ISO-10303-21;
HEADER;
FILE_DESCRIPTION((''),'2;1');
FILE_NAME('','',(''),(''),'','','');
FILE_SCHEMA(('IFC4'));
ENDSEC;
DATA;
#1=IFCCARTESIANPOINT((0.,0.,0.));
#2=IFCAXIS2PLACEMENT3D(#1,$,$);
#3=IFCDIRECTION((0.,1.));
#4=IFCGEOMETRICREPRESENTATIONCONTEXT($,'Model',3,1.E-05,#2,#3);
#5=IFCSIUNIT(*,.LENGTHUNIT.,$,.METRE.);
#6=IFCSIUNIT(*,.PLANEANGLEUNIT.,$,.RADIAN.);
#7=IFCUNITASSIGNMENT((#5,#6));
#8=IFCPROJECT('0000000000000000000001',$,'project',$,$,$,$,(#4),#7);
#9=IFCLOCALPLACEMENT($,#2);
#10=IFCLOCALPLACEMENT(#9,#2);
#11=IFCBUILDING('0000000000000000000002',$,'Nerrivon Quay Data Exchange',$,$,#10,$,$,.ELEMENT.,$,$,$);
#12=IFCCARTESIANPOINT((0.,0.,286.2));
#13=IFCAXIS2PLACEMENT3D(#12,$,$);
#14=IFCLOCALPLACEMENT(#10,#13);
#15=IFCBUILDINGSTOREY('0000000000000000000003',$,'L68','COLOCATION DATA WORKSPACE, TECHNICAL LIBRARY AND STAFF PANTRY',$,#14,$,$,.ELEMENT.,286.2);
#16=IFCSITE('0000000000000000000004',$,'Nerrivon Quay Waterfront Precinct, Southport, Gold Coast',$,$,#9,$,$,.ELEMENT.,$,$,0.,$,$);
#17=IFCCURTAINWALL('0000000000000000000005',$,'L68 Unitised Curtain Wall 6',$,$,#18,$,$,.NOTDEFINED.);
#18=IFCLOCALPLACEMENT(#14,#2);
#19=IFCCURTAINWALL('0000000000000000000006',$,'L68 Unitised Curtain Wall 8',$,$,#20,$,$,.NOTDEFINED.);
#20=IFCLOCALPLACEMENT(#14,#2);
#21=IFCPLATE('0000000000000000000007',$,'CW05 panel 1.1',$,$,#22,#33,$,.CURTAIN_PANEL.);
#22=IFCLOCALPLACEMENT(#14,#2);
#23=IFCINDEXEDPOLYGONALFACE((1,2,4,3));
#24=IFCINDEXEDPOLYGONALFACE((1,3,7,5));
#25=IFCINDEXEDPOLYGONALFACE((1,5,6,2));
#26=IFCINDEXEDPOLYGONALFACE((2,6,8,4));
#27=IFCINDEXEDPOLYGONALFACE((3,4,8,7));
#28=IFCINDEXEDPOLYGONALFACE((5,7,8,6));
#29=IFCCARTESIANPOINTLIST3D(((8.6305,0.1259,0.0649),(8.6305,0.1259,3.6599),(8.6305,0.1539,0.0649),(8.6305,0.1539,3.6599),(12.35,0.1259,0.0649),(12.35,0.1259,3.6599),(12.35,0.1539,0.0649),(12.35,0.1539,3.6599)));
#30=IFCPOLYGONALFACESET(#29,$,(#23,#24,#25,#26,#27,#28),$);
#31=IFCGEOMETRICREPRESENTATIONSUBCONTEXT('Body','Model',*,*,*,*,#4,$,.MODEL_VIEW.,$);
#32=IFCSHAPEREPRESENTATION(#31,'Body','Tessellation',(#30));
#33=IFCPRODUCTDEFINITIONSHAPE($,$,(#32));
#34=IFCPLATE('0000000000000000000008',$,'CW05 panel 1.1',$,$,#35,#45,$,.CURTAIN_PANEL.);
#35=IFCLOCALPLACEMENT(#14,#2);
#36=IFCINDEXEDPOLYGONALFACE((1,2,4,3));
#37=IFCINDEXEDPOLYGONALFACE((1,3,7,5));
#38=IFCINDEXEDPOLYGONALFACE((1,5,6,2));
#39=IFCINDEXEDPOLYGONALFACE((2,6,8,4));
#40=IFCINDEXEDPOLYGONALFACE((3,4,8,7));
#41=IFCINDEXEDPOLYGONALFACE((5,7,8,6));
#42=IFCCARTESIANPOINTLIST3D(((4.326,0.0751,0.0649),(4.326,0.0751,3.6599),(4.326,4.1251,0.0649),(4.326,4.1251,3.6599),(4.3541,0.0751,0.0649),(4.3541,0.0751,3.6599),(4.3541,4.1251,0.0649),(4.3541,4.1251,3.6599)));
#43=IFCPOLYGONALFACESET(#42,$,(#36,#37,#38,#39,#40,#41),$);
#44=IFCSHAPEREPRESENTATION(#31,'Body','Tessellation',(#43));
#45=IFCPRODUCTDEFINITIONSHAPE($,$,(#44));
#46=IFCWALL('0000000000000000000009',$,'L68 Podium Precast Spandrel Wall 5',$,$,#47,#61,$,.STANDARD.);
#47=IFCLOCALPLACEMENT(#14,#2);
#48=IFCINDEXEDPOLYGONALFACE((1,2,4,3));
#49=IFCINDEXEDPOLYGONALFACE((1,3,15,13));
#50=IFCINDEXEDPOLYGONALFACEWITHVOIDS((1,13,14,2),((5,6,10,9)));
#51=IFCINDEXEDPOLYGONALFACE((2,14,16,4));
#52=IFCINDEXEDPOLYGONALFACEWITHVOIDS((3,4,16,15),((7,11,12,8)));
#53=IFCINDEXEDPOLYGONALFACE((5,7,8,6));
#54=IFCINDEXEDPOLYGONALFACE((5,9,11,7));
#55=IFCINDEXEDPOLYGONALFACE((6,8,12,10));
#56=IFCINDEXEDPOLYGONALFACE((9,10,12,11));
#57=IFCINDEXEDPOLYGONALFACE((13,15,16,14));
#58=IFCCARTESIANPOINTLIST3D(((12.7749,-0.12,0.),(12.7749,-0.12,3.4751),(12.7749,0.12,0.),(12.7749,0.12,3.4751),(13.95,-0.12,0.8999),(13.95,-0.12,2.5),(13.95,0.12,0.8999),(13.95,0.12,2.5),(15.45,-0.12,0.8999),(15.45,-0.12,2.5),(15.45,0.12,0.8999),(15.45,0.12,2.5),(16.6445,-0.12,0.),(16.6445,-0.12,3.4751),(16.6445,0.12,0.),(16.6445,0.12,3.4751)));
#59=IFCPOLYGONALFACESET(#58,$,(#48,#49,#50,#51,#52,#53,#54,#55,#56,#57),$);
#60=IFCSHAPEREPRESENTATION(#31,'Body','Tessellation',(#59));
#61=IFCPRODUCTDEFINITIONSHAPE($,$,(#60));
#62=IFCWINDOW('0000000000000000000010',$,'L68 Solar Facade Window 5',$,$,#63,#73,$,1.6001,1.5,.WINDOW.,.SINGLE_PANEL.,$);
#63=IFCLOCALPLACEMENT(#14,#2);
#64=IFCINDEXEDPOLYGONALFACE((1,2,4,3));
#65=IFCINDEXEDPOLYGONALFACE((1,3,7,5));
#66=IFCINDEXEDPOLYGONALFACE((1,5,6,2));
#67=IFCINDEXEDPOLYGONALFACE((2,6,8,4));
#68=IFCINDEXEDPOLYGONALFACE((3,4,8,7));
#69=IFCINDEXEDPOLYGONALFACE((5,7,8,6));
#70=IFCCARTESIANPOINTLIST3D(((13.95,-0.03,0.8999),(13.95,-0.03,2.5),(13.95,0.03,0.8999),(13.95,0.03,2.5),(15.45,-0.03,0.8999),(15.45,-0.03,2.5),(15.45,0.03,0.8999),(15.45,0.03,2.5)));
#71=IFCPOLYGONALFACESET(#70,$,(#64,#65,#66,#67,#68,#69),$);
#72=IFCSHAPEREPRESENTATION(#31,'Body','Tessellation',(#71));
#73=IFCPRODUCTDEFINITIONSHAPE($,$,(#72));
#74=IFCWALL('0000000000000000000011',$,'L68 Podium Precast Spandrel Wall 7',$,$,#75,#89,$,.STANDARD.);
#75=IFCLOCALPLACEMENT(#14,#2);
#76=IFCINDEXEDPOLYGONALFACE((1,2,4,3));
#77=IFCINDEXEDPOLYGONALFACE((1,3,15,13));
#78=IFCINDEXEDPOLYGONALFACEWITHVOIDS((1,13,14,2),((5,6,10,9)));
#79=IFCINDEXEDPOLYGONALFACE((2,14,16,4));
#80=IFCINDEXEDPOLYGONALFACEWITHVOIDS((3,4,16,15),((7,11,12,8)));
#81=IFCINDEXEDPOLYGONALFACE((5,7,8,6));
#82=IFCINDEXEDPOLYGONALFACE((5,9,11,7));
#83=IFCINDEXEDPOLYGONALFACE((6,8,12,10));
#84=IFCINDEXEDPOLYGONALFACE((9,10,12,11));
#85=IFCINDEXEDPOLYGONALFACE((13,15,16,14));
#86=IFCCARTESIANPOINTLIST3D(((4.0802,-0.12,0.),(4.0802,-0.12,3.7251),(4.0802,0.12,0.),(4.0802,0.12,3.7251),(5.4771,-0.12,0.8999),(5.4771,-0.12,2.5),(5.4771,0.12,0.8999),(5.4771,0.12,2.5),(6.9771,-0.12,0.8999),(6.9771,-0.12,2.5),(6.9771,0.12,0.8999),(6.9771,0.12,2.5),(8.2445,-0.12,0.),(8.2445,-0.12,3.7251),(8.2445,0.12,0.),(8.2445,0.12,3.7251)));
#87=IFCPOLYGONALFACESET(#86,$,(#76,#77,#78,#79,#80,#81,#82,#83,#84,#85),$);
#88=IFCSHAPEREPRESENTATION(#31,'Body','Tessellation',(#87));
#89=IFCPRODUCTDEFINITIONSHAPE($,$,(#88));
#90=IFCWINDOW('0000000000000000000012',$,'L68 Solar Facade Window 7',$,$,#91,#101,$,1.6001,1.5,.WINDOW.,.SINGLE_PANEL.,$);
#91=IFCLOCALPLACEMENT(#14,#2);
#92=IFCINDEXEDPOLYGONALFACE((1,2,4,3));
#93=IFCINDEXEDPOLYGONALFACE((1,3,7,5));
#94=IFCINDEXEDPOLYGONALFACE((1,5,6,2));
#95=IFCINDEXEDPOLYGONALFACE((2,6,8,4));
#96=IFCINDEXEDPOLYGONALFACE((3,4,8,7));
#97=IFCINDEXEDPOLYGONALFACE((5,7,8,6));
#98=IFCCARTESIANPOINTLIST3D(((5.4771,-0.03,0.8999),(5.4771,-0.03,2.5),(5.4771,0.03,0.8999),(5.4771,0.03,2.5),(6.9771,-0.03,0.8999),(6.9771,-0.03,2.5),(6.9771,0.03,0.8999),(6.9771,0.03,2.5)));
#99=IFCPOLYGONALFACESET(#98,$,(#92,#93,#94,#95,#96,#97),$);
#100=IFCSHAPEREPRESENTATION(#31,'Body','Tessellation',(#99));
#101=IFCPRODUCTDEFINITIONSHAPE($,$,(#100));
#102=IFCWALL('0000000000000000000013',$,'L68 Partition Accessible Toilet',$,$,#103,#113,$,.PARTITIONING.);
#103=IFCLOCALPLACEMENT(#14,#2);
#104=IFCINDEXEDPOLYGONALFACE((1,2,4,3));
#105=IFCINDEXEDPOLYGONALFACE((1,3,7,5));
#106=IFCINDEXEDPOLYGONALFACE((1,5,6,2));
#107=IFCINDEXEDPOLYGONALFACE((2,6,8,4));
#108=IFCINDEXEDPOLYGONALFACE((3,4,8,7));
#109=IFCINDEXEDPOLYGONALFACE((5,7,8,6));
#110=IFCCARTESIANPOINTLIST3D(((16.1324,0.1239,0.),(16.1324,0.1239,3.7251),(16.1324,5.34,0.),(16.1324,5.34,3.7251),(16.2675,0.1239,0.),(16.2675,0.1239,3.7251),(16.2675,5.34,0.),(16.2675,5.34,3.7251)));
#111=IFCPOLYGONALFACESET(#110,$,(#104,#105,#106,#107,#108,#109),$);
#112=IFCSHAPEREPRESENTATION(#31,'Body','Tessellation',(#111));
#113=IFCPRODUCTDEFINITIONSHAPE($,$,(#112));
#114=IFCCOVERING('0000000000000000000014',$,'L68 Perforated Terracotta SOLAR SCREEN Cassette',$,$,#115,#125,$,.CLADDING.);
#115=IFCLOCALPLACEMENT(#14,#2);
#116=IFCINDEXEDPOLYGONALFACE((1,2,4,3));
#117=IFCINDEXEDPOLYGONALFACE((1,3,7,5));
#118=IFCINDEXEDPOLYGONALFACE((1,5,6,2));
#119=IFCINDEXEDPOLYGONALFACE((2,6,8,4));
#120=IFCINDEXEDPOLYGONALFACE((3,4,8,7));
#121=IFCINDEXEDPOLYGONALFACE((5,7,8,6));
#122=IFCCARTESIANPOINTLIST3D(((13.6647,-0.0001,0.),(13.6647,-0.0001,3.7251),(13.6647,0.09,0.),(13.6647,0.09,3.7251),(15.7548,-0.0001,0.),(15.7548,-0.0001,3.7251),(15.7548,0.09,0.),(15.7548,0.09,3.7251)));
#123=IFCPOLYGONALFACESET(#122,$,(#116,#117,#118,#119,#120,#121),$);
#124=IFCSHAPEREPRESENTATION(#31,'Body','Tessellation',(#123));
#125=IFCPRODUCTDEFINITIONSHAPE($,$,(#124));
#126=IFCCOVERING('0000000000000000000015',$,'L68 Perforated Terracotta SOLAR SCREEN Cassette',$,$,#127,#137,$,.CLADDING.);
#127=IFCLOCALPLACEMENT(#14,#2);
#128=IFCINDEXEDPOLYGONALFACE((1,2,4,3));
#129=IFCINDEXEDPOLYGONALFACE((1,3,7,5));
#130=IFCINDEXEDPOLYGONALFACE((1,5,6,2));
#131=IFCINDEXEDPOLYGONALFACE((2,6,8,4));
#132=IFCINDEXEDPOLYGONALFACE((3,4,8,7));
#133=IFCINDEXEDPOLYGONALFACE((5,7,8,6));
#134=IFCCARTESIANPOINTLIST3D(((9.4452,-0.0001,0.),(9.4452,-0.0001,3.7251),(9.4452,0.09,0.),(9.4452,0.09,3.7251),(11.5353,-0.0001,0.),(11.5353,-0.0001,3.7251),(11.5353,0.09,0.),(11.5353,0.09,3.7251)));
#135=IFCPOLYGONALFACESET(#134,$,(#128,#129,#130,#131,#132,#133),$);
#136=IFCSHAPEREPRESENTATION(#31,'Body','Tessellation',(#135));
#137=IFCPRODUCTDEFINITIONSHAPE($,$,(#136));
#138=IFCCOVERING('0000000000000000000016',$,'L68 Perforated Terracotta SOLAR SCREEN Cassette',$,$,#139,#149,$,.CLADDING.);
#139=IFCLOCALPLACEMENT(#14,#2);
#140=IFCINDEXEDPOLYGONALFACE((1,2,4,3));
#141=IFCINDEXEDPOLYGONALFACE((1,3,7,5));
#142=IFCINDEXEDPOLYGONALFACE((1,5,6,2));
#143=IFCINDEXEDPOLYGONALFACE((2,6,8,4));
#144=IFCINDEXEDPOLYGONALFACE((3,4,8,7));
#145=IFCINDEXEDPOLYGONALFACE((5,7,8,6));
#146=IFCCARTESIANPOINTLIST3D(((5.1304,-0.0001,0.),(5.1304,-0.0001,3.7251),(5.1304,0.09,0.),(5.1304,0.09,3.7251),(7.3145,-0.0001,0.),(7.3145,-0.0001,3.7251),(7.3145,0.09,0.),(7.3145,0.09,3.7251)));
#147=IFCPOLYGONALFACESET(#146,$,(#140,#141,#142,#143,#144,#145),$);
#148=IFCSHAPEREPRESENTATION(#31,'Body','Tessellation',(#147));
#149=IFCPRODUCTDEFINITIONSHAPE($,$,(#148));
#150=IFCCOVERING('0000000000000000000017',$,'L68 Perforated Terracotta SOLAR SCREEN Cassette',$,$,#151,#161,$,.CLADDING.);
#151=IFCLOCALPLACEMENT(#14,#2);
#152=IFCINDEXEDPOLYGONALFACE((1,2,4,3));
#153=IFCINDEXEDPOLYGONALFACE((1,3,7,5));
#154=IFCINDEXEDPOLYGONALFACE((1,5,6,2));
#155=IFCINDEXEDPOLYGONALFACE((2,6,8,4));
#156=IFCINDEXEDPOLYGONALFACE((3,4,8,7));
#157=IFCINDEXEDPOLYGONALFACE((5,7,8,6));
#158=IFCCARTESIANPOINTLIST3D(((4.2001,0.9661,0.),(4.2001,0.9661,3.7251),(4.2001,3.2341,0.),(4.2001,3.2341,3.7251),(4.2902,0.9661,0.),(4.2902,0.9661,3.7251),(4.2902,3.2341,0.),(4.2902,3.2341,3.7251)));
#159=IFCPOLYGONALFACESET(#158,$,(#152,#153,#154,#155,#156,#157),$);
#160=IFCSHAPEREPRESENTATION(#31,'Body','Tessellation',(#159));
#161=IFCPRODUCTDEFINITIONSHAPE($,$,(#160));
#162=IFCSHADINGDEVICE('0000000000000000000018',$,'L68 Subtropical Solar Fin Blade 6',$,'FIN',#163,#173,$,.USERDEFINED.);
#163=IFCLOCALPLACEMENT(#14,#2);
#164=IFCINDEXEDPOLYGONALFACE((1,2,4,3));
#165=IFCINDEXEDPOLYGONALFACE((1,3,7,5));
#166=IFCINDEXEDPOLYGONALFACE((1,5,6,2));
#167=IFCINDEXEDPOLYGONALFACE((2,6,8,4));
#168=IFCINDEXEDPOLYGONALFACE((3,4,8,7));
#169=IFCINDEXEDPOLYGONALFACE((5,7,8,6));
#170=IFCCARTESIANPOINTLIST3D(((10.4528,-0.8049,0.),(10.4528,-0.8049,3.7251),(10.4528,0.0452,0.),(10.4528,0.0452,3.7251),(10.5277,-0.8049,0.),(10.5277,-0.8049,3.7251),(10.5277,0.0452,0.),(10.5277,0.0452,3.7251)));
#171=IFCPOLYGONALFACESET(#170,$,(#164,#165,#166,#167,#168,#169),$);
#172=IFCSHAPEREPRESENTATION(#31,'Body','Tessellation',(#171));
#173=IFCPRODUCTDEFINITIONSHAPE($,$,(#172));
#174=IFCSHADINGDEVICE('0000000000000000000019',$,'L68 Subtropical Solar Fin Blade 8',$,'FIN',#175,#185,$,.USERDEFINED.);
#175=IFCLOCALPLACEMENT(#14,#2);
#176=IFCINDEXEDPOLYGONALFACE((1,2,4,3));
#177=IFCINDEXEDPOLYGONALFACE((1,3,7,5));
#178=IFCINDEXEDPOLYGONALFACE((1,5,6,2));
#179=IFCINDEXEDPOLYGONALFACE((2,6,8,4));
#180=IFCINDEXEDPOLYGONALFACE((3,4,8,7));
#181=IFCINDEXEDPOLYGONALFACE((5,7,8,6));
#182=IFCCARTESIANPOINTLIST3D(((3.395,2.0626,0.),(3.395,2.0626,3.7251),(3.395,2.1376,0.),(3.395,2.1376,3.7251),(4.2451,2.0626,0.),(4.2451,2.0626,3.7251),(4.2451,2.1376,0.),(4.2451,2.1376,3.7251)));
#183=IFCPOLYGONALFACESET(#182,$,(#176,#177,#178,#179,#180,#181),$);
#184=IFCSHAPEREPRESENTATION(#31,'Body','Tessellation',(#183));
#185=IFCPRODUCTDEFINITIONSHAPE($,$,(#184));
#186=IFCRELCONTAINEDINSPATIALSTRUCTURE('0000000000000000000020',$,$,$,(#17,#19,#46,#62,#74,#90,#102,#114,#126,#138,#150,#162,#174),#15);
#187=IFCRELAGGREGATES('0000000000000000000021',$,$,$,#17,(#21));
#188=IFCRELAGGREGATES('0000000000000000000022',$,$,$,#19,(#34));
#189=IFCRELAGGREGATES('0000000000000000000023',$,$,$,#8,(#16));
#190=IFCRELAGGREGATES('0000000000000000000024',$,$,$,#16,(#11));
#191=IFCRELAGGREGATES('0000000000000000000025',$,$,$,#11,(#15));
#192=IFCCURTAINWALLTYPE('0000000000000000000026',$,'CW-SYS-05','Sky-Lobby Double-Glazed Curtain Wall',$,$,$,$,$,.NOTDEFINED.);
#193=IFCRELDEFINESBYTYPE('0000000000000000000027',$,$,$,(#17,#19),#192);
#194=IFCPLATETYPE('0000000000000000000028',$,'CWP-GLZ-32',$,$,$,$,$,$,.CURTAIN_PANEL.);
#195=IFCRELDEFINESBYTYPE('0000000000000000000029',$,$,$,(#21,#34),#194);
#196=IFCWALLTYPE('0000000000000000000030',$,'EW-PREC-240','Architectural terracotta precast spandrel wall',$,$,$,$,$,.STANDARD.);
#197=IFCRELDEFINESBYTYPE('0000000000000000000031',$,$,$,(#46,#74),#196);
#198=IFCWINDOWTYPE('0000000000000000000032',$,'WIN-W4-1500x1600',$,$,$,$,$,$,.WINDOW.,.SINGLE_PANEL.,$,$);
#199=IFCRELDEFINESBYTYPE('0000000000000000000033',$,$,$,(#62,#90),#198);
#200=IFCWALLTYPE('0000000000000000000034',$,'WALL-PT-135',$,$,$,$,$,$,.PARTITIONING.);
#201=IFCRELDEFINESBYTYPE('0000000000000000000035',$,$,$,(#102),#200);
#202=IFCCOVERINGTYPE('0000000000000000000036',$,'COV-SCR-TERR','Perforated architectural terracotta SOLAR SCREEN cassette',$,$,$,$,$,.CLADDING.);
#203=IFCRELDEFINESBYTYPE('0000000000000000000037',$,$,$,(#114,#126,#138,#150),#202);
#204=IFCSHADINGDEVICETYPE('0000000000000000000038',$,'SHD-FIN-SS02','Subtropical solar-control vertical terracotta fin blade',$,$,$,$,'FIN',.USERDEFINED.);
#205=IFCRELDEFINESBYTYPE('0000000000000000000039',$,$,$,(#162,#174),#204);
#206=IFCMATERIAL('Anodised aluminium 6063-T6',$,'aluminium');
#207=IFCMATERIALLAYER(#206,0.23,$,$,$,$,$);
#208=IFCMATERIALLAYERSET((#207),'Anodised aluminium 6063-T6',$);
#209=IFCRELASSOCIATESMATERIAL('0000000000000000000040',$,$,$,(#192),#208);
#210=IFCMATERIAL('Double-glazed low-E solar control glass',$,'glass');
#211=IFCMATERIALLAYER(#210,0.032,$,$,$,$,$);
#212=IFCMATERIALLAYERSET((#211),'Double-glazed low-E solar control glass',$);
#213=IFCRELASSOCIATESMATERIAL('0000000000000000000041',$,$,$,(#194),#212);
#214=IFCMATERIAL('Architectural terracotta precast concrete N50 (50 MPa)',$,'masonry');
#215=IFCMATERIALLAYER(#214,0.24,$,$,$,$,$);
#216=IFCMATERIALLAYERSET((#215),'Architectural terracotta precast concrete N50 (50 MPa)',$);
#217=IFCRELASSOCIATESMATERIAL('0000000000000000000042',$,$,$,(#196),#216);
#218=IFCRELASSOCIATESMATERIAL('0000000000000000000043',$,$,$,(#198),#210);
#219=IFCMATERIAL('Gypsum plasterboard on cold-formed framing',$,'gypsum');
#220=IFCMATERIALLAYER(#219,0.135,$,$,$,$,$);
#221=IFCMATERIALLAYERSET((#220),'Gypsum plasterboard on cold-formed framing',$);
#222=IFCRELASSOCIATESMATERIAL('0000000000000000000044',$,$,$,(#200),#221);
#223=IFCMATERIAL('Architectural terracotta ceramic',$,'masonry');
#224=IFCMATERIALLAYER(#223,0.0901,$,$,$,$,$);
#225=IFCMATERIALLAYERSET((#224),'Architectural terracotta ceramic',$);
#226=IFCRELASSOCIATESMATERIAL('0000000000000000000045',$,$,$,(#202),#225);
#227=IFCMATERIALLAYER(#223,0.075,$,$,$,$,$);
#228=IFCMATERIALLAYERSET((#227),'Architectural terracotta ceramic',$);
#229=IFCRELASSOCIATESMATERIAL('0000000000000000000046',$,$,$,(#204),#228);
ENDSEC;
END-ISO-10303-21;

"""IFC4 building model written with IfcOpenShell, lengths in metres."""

from ifc_helpers import new_model, si_unit, direction, frame, frame_2d, origin, origin_2d, place, context, subcontext, project, spatial, rectangle, extrude, material, layer, layer_set, type_object, element, fill, aggregate, save


model = new_model("IFC4")

# Units and contexts
model_context = context("Model", 3, precision=1e-05, world=origin(), true_north=direction((0.0, 1.0)))
body_context = subcontext(model_context, "Body", "Model", "MODEL_VIEW")
ifc_project = project(units=[si_unit("LENGTHUNIT", "METRE"), si_unit("PLANEANGLEUNIT", "RADIAN")], contexts=[model_context])

# Site, building, storey
site_placement = place(None, origin())
site = spatial("IfcSite", under=ifc_project, at=site_placement, Name="Nerrivon Quay Waterfront Precinct, Southport, Gold Coast", CompositionType="ELEMENT", RefElevation=0.0)
building_placement = place(site_placement, origin())
building = spatial("IfcBuilding", under=site, at=building_placement, Name="Nerrivon Quay Data Exchange", CompositionType="ELEMENT")
storey_placement = place(building_placement, frame((0.0, 0.0, 286.2)))
storey = spatial("IfcBuildingStorey", under=building, at=storey_placement, Name="L68", Description="COLOCATION DATA WORKSPACE, TECHNICAL LIBRARY AND STAFF PANTRY", CompositionType="ELEMENT", Elevation=286.2)

# Curtain wall
ifc_material_1 = material(Name="Anodised aluminium 6063-T6", Category="aluminium")
ifc_layer_1 = layer(ifc_material_1, 0.23)
ifc_layer_set_1 = layer_set([ifc_layer_1], Name="Anodised aluminium 6063-T6")
curtain_wall_type = type_object("IfcCurtainWallType", Name="CW-SYS-05", Description="Sky-Lobby Double-Glazed Curtain Wall", PredefinedType="NOTDEFINED", material=ifc_layer_set_1)
curtain_wall_1_placement = place(storey_placement, origin())
curtain_wall_1 = element("IfcCurtainWall", 1, at=curtain_wall_1_placement, inside=storey, type_object=curtain_wall_type, Name="L68 Unitised Curtain Wall 6", PredefinedType="NOTDEFINED")

# Curtain wall
curtain_wall_2_placement = place(storey_placement, origin())
curtain_wall_2 = element("IfcCurtainWall", 2, at=curtain_wall_2_placement, inside=storey, type_object=curtain_wall_type, Name="L68 Unitised Curtain Wall 8", PredefinedType="NOTDEFINED")

# Plates
ifc_material_2 = material(Name="Double-glazed low-E solar control glass", Category="glass")
ifc_layer_2 = layer(ifc_material_2, 0.032)
ifc_layer_set_2 = layer_set([ifc_layer_2], Name="Double-glazed low-E solar control glass")
plate_type = type_object("IfcPlateType", Name="CWP-GLZ-32", PredefinedType="CURTAIN_PANEL", material=ifc_layer_set_2)
plate_1_placement = place(storey_placement, frame((10.4902, 0.1399, 0.0649), z_axis=(0.0, 0.0, 1.0), x_axis=(-1.0, 0.0, 0.0)))
plate_1 = element("IfcPlate", 3, at=plate_1_placement, type_object=plate_type, Name="CW05 panel 1.1", PredefinedType="CURTAIN_PANEL", context=body_context, shape_type="SweptSolid", body=[
    extrude(rectangle(XDim=3.7195, YDim=0.0281, at=origin_2d()), origin(), (0.0, 0.0, 1.0), 3.595),
])
aggregate(curtain_wall_1, [plate_1])
plate_2_placement = place(storey_placement, frame((4.3401, 2.1001, 0.0649), z_axis=(0.0, 0.0, 1.0), x_axis=(0.0, 1.0, 0.0)))
plate_2 = element("IfcPlate", 4, at=plate_2_placement, type_object=plate_type, Name="CW05 panel 1.1", PredefinedType="CURTAIN_PANEL", context=body_context, shape_type="SweptSolid", body=[
    extrude(rectangle(XDim=4.05, YDim=0.0281, at=origin_2d()), origin(), (0.0, 0.0, 1.0), 3.595),
])
aggregate(curtain_wall_2, [plate_2])

# Walls, openings, windows
ifc_material_3 = material(Name="Architectural terracotta precast concrete N50 (50 MPa)", Category="masonry")
ifc_layer_3 = layer(ifc_material_3, 0.24)
ifc_layer_set_3 = layer_set([ifc_layer_3], Name="Architectural terracotta precast concrete N50 (50 MPa)")
wall_type_1 = type_object("IfcWallType", Name="EW-PREC-240", Description="Architectural terracotta precast spandrel wall", PredefinedType="STANDARD", material=ifc_layer_set_3)
wall_1_placement = place(storey_placement, frame((16.6445, 0.0, 0.0), z_axis=(0.0, 0.0, 1.0), x_axis=(-1.0, 0.0, 0.0)))
wall_1 = element("IfcWall", 5, at=wall_1_placement, inside=storey, type_object=wall_type_1, Name="L68 Podium Precast Spandrel Wall 5", PredefinedType="STANDARD", context=body_context, shape_type="SweptSolid", body=[
    extrude(rectangle(XDim=3.8696, YDim=0.24, at=frame_2d((1.9348, 0.0))), origin(), (0.0, 0.0, 1.0), 3.4751),
])
opening_1_placement = place(wall_1_placement, frame((1.1946, 0.0, 0.8999)))
opening_1 = element("IfcOpeningElement", 6, at=opening_1_placement, cuts=wall_1, PredefinedType="OPENING", context=body_context, shape_type="SweptSolid", body=[
    extrude(rectangle(XDim=1.5, YDim=1.6001, at=frame_2d((0.75, 0.8))), frame((0.0, 0.1299, 0.0), z_axis=(0.0, -1.0, 0.0), x_axis=(1.0, 0.0, 0.0)), (0.0, 0.0, 1.0), 0.26),
])
window_type = type_object("IfcWindowType", Name="WIN-W4-1500x1600", PartitioningType="SINGLE_PANEL", PredefinedType="WINDOW", material=ifc_material_2)
window_1_placement = place(opening_1_placement, origin())
window_1 = element("IfcWindow", 7, at=window_1_placement, inside=storey, type_object=window_type, Name="L68 Solar Facade Window 5", OverallHeight=1.6001, OverallWidth=1.5, PartitioningType="SINGLE_PANEL", PredefinedType="WINDOW", context=body_context, shape_type="SweptSolid", body=[
    extrude(rectangle(XDim=1.5, YDim=1.6001, at=frame_2d((0.75, 0.8))), frame((0.0, 0.03, 0.0), z_axis=(0.0, -1.0, 0.0), x_axis=(1.0, 0.0, 0.0)), (0.0, 0.0, 1.0), 0.0601),
])
fill(opening_1, window_1)
wall_2_placement = place(storey_placement, frame((8.2444, 0.0, 0.0), z_axis=(0.0, 0.0, 1.0), x_axis=(-1.0, 0.0, 0.0)))
wall_2 = element("IfcWall", 8, at=wall_2_placement, inside=storey, type_object=wall_type_1, Name="L68 Podium Precast Spandrel Wall 7", PredefinedType="STANDARD", context=body_context, shape_type="SweptSolid", body=[
    extrude(rectangle(XDim=4.1643, YDim=0.24, at=frame_2d((2.082, 0.0))), origin(), (0.0, 0.0, 1.0), 3.7251),
])
opening_2_placement = place(wall_2_placement, frame((1.2673, 0.0, 0.8999)))
opening_2 = element("IfcOpeningElement", 9, at=opening_2_placement, cuts=wall_2, PredefinedType="OPENING", context=body_context, shape_type="SweptSolid", body=[
    extrude(rectangle(XDim=1.5, YDim=1.6001, at=frame_2d((0.75, 0.8))), frame((0.0, 0.1299, 0.0), z_axis=(0.0, -1.0, 0.0), x_axis=(1.0, 0.0, 0.0)), (0.0, 0.0, 1.0), 0.26),
])
window_2_placement = place(opening_2_placement, origin())
window_2 = element("IfcWindow", 10, at=window_2_placement, inside=storey, type_object=window_type, Name="L68 Solar Facade Window 7", OverallHeight=1.6001, OverallWidth=1.5, PartitioningType="SINGLE_PANEL", PredefinedType="WINDOW", context=body_context, shape_type="SweptSolid", body=[
    extrude(rectangle(XDim=1.5, YDim=1.6001, at=frame_2d((0.75, 0.8))), frame((0.0, 0.03, 0.0), z_axis=(0.0, -1.0, 0.0), x_axis=(1.0, 0.0, 0.0)), (0.0, 0.0, 1.0), 0.0601),
])
fill(opening_2, window_2)

# Wall
ifc_material_4 = material(Name="Gypsum plasterboard on cold-formed framing", Category="gypsum")
ifc_layer_4 = layer(ifc_material_4, 0.135)
ifc_layer_set_4 = layer_set([ifc_layer_4], Name="Gypsum plasterboard on cold-formed framing")
wall_type_2 = type_object("IfcWallType", Name="WALL-PT-135", PredefinedType="PARTITIONING", material=ifc_layer_set_4)
wall_3_placement = place(storey_placement, frame((16.2, 0.124, 0.0), z_axis=(0.0, 0.0, 1.0), x_axis=(0.0, 1.0, 0.0)))
element("IfcWall", 11, at=wall_3_placement, inside=storey, type_object=wall_type_2, Name="L68 Partition Accessible Toilet", PredefinedType="PARTITIONING", context=body_context, shape_type="SweptSolid", body=[
    extrude(rectangle(XDim=5.2161, YDim=0.135, at=frame_2d((2.6079, 0.0))), origin(), (0.0, 0.0, 1.0), 3.7251),
])

# Coverings
ifc_material_5 = material(Name="Architectural terracotta ceramic", Category="masonry")
ifc_layer_5 = layer(ifc_material_5, 0.0901)
ifc_layer_set_5 = layer_set([ifc_layer_5], Name="Architectural terracotta ceramic")
covering_type = type_object("IfcCoveringType", Name="COV-SCR-TERR", Description="Perforated architectural terracotta SOLAR SCREEN cassette", PredefinedType="CLADDING", material=ifc_layer_set_5)
for number, where, z_axis, x_axis, name in (
    (12, (14.7097, 0.0449, 0.0), (0.0, 0.0, 1.0), (-1.0, 0.0, 0.0), "L68 Perforated Terracotta SOLAR SCREEN Cassette"),
    (13, (10.4902, 0.0449, 0.0), (0.0, 0.0, 1.0), (-1.0, 0.0, 0.0), "L68 Perforated Terracotta SOLAR SCREEN Cassette"),
):
    element("IfcCovering", number, at=place(storey_placement, frame(where, z_axis=z_axis, x_axis=x_axis)), inside=storey, type_object=covering_type, Name=name, PredefinedType="CLADDING", context=body_context, shape_type="SweptSolid", body=[
        extrude(rectangle(XDim=2.0901, YDim=0.0901, at=origin_2d()), origin(), (0.0, 0.0, 1.0), 3.7251),
    ])
covering_1_placement = place(storey_placement, frame((6.2224, 0.0449, 0.0), z_axis=(0.0, 0.0, 1.0), x_axis=(-1.0, 0.0, 0.0)))
element("IfcCovering", 14, at=covering_1_placement, inside=storey, type_object=covering_type, Name="L68 Perforated Terracotta SOLAR SCREEN Cassette", PredefinedType="CLADDING", context=body_context, shape_type="SweptSolid", body=[
    extrude(rectangle(XDim=2.1841, YDim=0.0901, at=origin_2d()), origin(), (0.0, 0.0, 1.0), 3.7251),
])
covering_2_placement = place(storey_placement, frame((4.2451, 2.1001, 0.0), z_axis=(0.0, 0.0, 1.0), x_axis=(0.0, 1.0, 0.0)))
element("IfcCovering", 15, at=covering_2_placement, inside=storey, type_object=covering_type, Name="L68 Perforated Terracotta SOLAR SCREEN Cassette", PredefinedType="CLADDING", context=body_context, shape_type="SweptSolid", body=[
    extrude(rectangle(XDim=2.2681, YDim=0.0901, at=origin_2d()), origin(), (0.0, 0.0, 1.0), 3.7251),
])

# Shading devices
ifc_layer_6 = layer(ifc_material_5, 0.075)
ifc_layer_set_6 = layer_set([ifc_layer_6], Name="Architectural terracotta ceramic")
shading_device_type_1 = type_object("IfcShadingDeviceType", Name="SHD-FIN-SS02", Description="Subtropical solar-control vertical terracotta fin blade", ElementType="FIN", PredefinedType="USERDEFINED", material=ifc_layer_set_6)
for number, where, z_axis, x_axis, name in (
    (16, (10.4902, -0.3799, 0.0), (0.0, 0.0, 1.0), (-1.0, 0.0, 0.0), "L68 Subtropical Solar Fin Blade 6"),
    (17, (3.8201, 2.1001, 0.0), (0.0, 0.0, 1.0), (0.0, 1.0, 0.0), "L68 Subtropical Solar Fin Blade 8"),
):
    element("IfcShadingDevice", number, at=place(storey_placement, frame(where, z_axis=z_axis, x_axis=x_axis)), inside=storey, type_object=shading_device_type_1, Name=name, ObjectType="FIN", PredefinedType="USERDEFINED", context=body_context, shape_type="SweptSolid", body=[
        extrude(rectangle(XDim=0.075, YDim=0.8501, at=origin_2d()), origin(), (0.0, 0.0, 1.0), 3.7251),
    ])

save(model, "model.ifc")
